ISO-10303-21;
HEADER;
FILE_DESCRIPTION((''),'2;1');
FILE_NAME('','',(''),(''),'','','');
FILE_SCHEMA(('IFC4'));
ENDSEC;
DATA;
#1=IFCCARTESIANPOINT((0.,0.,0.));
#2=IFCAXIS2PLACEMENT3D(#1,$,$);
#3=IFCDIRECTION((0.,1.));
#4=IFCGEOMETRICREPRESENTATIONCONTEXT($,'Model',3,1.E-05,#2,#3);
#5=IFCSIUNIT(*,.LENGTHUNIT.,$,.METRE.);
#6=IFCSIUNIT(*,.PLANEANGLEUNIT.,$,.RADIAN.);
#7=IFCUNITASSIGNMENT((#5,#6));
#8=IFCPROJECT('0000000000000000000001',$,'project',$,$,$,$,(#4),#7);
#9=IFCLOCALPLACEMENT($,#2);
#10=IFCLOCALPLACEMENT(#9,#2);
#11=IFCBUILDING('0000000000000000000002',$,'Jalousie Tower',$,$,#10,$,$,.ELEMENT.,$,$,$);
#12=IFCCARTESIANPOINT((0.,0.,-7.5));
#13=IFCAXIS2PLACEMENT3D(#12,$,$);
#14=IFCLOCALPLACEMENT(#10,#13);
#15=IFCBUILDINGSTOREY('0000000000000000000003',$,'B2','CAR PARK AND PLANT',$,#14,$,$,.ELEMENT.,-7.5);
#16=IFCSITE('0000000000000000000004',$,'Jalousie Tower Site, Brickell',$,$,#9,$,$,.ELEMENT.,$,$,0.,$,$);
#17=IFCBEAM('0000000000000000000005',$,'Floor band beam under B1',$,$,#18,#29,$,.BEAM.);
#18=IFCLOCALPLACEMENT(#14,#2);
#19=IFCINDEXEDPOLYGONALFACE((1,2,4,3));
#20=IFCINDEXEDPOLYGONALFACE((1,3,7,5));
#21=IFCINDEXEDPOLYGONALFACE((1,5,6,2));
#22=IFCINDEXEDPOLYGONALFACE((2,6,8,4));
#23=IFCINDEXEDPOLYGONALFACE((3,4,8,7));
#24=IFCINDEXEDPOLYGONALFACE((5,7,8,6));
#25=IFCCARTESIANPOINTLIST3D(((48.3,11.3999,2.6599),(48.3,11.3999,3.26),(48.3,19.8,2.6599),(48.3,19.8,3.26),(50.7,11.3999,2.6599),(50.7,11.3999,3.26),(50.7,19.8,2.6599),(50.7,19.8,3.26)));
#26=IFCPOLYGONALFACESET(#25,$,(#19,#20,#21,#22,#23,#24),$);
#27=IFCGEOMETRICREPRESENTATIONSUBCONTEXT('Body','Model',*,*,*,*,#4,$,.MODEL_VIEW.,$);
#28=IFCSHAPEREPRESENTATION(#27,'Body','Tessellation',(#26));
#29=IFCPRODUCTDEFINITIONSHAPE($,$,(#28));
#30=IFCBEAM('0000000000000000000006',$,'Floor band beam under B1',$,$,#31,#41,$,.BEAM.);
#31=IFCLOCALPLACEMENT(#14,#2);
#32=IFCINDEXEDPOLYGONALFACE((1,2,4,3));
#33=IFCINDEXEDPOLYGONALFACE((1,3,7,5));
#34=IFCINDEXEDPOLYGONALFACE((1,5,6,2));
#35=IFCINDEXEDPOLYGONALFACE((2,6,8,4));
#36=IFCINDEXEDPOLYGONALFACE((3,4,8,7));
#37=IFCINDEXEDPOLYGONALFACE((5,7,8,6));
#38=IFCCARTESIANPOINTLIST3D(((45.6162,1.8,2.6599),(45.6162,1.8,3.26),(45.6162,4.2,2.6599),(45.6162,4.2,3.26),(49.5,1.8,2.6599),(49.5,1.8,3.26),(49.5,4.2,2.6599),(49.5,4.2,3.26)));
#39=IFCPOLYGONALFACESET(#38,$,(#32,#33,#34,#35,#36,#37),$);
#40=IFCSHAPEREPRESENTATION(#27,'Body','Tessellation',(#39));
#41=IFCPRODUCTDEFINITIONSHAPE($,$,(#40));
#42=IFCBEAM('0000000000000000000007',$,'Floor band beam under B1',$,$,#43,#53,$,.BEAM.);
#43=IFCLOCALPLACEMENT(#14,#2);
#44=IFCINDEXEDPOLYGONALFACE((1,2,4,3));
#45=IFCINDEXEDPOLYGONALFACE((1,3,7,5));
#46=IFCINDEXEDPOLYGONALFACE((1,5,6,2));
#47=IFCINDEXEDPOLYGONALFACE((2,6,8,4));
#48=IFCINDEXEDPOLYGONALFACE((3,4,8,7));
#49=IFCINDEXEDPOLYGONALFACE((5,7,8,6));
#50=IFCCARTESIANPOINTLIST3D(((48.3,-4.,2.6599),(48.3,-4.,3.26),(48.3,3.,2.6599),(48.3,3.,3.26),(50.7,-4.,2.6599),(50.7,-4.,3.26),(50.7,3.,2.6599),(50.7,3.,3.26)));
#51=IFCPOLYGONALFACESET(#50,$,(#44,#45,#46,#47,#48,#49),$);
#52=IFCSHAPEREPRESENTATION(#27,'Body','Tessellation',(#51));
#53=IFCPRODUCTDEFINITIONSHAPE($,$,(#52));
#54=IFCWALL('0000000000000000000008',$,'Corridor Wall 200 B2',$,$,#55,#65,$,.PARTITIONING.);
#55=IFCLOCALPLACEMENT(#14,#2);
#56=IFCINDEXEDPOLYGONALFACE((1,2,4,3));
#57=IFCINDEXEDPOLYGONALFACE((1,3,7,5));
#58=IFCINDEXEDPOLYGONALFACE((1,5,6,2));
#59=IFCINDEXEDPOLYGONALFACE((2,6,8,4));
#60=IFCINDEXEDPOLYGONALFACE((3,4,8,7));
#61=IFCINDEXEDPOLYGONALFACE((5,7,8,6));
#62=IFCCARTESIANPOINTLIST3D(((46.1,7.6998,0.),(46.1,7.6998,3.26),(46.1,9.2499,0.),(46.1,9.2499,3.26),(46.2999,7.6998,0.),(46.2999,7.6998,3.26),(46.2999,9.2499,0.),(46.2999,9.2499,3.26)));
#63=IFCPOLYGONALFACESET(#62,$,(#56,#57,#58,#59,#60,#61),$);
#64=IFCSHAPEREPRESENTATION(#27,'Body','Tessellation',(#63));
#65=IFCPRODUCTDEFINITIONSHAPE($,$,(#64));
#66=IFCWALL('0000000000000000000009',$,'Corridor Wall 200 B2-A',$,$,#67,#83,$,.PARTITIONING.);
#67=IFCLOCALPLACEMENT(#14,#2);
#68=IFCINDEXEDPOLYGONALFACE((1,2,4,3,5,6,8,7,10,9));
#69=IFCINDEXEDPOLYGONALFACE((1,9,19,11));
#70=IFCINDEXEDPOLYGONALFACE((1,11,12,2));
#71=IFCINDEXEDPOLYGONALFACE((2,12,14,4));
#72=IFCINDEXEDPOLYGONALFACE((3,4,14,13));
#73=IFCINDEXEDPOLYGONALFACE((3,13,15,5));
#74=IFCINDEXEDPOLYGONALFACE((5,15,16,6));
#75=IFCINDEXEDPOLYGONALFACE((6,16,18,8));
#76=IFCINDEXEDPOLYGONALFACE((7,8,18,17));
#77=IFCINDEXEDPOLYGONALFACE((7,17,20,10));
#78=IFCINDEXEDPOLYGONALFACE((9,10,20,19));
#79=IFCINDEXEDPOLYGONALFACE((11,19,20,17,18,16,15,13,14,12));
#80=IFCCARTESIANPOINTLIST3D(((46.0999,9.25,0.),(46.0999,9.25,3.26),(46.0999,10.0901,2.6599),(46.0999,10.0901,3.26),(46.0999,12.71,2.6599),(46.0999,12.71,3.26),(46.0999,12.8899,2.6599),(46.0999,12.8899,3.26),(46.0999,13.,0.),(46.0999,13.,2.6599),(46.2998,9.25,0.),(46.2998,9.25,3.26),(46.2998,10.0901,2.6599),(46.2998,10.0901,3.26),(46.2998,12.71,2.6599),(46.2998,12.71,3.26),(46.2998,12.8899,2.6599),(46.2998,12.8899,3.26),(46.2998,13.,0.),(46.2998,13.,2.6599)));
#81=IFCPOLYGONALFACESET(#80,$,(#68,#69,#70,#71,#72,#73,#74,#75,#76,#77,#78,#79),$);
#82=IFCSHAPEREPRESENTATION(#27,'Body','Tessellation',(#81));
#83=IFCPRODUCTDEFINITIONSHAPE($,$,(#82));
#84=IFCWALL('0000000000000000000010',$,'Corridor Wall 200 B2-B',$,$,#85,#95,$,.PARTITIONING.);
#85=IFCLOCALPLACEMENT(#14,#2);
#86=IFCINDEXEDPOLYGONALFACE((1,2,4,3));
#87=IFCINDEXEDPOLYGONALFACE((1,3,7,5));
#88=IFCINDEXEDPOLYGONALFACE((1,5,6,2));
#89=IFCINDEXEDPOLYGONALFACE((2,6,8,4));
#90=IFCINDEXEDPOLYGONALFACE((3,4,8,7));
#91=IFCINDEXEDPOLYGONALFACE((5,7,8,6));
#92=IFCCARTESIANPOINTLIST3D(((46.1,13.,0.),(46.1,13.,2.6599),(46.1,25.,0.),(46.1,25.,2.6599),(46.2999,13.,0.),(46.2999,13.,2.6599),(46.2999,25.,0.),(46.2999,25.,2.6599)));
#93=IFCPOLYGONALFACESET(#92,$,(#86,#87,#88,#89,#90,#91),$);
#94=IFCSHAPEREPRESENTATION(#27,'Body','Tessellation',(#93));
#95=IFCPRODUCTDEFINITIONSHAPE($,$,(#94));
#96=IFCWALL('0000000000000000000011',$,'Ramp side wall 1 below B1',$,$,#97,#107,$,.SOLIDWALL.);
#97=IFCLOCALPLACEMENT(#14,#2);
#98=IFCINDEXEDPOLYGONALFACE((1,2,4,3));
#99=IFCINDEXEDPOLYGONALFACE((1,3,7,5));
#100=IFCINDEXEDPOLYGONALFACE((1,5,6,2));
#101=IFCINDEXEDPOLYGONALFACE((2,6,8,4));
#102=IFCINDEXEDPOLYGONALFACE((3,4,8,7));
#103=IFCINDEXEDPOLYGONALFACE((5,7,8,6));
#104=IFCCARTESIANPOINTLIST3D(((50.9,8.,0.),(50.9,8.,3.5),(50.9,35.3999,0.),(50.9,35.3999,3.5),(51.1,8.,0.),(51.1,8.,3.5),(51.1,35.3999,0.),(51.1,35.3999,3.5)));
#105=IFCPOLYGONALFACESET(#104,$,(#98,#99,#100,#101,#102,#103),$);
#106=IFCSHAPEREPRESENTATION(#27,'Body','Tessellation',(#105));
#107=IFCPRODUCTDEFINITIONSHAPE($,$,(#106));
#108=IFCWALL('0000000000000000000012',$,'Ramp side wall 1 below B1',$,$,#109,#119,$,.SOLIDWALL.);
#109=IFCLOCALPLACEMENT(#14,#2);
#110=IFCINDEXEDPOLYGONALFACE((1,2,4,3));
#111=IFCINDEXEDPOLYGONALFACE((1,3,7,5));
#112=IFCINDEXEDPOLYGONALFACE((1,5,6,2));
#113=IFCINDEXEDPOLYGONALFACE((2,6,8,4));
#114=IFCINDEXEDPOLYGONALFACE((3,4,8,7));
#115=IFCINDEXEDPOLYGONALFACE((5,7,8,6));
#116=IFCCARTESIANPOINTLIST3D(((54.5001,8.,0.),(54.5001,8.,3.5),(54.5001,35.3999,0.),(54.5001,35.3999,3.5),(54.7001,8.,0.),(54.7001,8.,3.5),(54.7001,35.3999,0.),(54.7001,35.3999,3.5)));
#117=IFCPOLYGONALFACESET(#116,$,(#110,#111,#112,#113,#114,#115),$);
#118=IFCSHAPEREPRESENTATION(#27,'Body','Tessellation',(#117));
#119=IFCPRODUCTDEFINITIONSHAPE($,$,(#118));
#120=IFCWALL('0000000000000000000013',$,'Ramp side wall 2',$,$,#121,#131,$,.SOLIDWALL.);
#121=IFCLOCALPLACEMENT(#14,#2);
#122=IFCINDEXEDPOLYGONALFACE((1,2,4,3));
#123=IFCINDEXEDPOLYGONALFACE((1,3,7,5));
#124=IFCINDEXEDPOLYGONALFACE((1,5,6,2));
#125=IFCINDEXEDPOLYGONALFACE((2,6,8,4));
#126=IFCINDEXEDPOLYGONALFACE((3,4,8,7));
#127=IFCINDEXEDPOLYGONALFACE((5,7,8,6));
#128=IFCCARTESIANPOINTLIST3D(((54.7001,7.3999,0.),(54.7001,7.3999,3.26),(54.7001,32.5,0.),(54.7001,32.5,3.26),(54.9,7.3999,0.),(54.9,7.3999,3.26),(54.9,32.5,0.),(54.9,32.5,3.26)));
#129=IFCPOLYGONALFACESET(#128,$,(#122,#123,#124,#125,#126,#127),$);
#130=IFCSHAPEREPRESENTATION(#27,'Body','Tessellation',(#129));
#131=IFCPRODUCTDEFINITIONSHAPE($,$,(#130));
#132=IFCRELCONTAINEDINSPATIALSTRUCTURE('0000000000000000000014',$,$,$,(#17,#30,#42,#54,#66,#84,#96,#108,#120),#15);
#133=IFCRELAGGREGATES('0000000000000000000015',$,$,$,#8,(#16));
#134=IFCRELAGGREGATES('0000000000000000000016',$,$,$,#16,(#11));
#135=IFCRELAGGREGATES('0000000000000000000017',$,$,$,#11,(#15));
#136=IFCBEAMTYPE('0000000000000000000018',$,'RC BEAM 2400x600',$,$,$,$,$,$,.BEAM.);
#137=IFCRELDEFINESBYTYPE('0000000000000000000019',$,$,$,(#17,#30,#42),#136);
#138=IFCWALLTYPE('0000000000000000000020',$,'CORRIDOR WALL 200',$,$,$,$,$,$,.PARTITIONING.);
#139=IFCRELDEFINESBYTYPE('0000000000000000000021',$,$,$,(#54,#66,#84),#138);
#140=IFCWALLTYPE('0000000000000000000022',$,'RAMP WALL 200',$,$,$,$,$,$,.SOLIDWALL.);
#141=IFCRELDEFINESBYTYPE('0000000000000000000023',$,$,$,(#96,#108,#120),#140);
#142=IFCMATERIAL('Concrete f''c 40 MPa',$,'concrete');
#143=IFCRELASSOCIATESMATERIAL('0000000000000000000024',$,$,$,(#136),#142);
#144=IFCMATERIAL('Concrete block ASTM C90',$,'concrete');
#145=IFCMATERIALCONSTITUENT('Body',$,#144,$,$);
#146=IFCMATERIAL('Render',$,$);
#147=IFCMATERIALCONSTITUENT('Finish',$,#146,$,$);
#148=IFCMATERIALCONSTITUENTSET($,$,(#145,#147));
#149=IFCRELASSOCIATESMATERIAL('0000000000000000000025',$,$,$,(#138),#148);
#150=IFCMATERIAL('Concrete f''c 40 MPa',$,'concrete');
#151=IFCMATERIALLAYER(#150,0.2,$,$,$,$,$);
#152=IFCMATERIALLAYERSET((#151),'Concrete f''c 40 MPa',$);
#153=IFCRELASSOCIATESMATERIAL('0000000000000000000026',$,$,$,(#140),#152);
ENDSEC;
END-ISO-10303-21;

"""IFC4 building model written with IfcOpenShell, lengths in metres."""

from ifc_helpers import new_model, si_unit, direction, frame, frame_2d, origin, origin_2d, place, context, subcontext, project, spatial, polyline, rectangle, outline, extrude, material, layer, layer_set, constituent, constituent_set, material_profile, profile_set, type_object, element, save


model = new_model("IFC4")

# Units and contexts
model_context = context("Model", 3, precision=1e-05, world=origin(), true_north=direction((0.0, 1.0)))
body_context = subcontext(model_context, "Body", "Model", "MODEL_VIEW")
ifc_project = project(units=[si_unit("LENGTHUNIT", "METRE"), si_unit("PLANEANGLEUNIT", "RADIAN")], contexts=[model_context])

# Site, building, storey
site_placement = place(None, origin())
site = spatial("IfcSite", under=ifc_project, at=site_placement, Name="Jalousie Tower Site, Brickell", CompositionType="ELEMENT", RefElevation=0.0)
building_placement = place(site_placement, origin())
building = spatial("IfcBuilding", under=site, at=building_placement, Name="Jalousie Tower", CompositionType="ELEMENT")
storey_placement = place(building_placement, frame((0.0, 0.0, -7.5)))
storey = spatial("IfcBuildingStorey", under=building, at=storey_placement, Name="B2", Description="CAR PARK AND PLANT", CompositionType="ELEMENT", Elevation=-7.5)

# Beams
ifc_material_1 = material(Name="Concrete f'c 40 MPa", Category="concrete")
ifc_material_profile_1 = material_profile(ifc_material_1, rectangle(XDim=2.3999, YDim=0.6001, at=origin_2d()), Name="RC 2400x600")
ifc_profile_set_1 = profile_set([ifc_material_profile_1], Name="Concrete f'c 40 MPa")
beam_type = type_object("IfcBeamType", Name="RC BEAM 2400x600", PredefinedType="BEAM", material=ifc_profile_set_1)
beam_1_placement = place(storey_placement, frame((49.5, 11.3999, 2.96), z_axis=(0.0, 1.0, 0.0), x_axis=(-1.0, 0.0, 0.0)))
element("IfcBeam", 1, at=beam_1_placement, inside=storey, type_object=beam_type, Name="Floor band beam under B1", PredefinedType="BEAM", context=body_context, shape_type="SweptSolid", body=[
    extrude(rectangle(XDim=2.3999, YDim=0.6001, at=origin_2d()), origin(), (0.0, 0.0, 1.0), 8.4001),
])
beam_2_placement = place(storey_placement, frame((49.5, 3.0, 2.96), z_axis=(-1.0, 0.0, 0.0), x_axis=(0.0, -1.0, 0.0)))
element("IfcBeam", 2, at=beam_2_placement, inside=storey, type_object=beam_type, Name="Floor band beam under B1", PredefinedType="BEAM", context=body_context, shape_type="SweptSolid", body=[
    extrude(rectangle(XDim=2.3999, YDim=0.6001, at=origin_2d()), origin(), (0.0, 0.0, 1.0), 3.8838),
])
beam_3_placement = place(storey_placement, frame((49.5, 3.0, 2.96), z_axis=(0.0, -1.0, 0.0), x_axis=(1.0, 0.0, 0.0)))
element("IfcBeam", 3, at=beam_3_placement, inside=storey, type_object=beam_type, Name="Floor band beam under B1", PredefinedType="BEAM", context=body_context, shape_type="SweptSolid", body=[
    extrude(rectangle(XDim=2.3999, YDim=0.6001, at=origin_2d()), origin(), (0.0, 0.0, 1.0), 7.0),
])

# Walls
ifc_material_2 = material(Name="Concrete block ASTM C90", Category="concrete")
ifc_constituent_1 = constituent(ifc_material_2, Name="Body")
ifc_material_3 = material(Name="Render")
ifc_constituent_2 = constituent(ifc_material_3, Name="Finish")
ifc_constituent_set = constituent_set(constituents=[ifc_constituent_1, ifc_constituent_2])
wall_type_1 = type_object("IfcWallType", Name="CORRIDOR WALL 200", PredefinedType="PARTITIONING", material=ifc_constituent_set)
wall_1_placement = place(storey_placement, frame((46.2, 7.7, 0.0), z_axis=(0.0, 0.0, 1.0), x_axis=(0.0, 1.0, 0.0)))
element("IfcWall", 4, at=wall_1_placement, inside=storey, type_object=wall_type_1, Name="Corridor Wall 200 B2", PredefinedType="PARTITIONING", context=body_context, shape_type="SweptSolid", body=[
    extrude(rectangle(XDim=1.55, YDim=0.2, at=frame_2d((0.7749, 0.0))), origin(), (0.0, 0.0, 1.0), 3.26),
])
wall_2_placement = place(storey_placement, frame((46.2, 9.25, 0.0), z_axis=(0.0, 0.0, 1.0), x_axis=(0.0, 1.0, 0.0)))
element("IfcWall", 5, at=wall_2_placement, inside=storey, type_object=wall_type_1, Name="Corridor Wall 200 B2-A", PredefinedType="PARTITIONING", context=body_context, shape_type="SweptSolid", body=[
    extrude(outline(polyline([(0.0, 0.0), (3.75, 0.0), (3.75, 2.6599), (3.6399, 2.6599), (3.6399, 3.26), (3.46, 3.26), (3.46, 2.6599), (0.8401, 2.6599), (0.8401, 3.26), (0.0, 3.26), (0.0, 0.0)])), frame((0.0, 0.1001, 0.0), z_axis=(0.0, -1.0, 0.0), x_axis=(1.0, 0.0, 0.0)), (0.0, 0.0, 1.0), 0.2),
])
wall_3_placement = place(storey_placement, frame((46.2, 13.0, 0.0), z_axis=(0.0, 0.0, 1.0), x_axis=(0.0, 1.0, 0.0)))
element("IfcWall", 6, at=wall_3_placement, inside=storey, type_object=wall_type_1, Name="Corridor Wall 200 B2-B", PredefinedType="PARTITIONING", context=body_context, shape_type="SweptSolid", body=[
    extrude(rectangle(XDim=12.0, YDim=0.2, at=frame_2d((6.0, 0.0))), origin(), (0.0, 0.0, 1.0), 2.6599),
])
ifc_material_4 = material(Name="Concrete f'c 40 MPa", Category="concrete")
ifc_layer = layer(ifc_material_4, 0.2)
ifc_layer_set = layer_set([ifc_layer], Name="Concrete f'c 40 MPa")
wall_type_2 = type_object("IfcWallType", Name="RAMP WALL 200", PredefinedType="SOLIDWALL", material=ifc_layer_set)
for number, where, z_axis, x_axis, name in (
    (7, (51.0, 8.0, 0.0), (0.0, 0.0, 1.0), (0.0, 1.0, 0.0), "Ramp side wall 1 below B1"),
    (8, (54.6001, 8.0, 0.0), (0.0, 0.0, 1.0), (0.0, 1.0, 0.0), "Ramp side wall 1 below B1"),
):
    element("IfcWall", number, at=place(storey_placement, frame(where, z_axis=z_axis, x_axis=x_axis)), inside=storey, type_object=wall_type_2, Name=name, PredefinedType="SOLIDWALL", context=body_context, shape_type="SweptSolid", body=[
        extrude(rectangle(XDim=27.3999, YDim=0.2, at=frame_2d((13.7, 0.0))), origin(), (0.0, 0.0, 1.0), 3.5),
    ])
wall_4_placement = place(storey_placement, frame((54.8, 7.3999, 0.0), z_axis=(0.0, 0.0, 1.0), x_axis=(0.0, 1.0, 0.0)))
element("IfcWall", 9, at=wall_4_placement, inside=storey, type_object=wall_type_2, Name="Ramp side wall 2", PredefinedType="SOLIDWALL", context=body_context, shape_type="SweptSolid", body=[
    extrude(rectangle(XDim=25.1001, YDim=0.2, at=frame_2d((12.55, 0.0))), origin(), (0.0, 0.0, 1.0), 3.26),
])

save(model, "model.ifc")
